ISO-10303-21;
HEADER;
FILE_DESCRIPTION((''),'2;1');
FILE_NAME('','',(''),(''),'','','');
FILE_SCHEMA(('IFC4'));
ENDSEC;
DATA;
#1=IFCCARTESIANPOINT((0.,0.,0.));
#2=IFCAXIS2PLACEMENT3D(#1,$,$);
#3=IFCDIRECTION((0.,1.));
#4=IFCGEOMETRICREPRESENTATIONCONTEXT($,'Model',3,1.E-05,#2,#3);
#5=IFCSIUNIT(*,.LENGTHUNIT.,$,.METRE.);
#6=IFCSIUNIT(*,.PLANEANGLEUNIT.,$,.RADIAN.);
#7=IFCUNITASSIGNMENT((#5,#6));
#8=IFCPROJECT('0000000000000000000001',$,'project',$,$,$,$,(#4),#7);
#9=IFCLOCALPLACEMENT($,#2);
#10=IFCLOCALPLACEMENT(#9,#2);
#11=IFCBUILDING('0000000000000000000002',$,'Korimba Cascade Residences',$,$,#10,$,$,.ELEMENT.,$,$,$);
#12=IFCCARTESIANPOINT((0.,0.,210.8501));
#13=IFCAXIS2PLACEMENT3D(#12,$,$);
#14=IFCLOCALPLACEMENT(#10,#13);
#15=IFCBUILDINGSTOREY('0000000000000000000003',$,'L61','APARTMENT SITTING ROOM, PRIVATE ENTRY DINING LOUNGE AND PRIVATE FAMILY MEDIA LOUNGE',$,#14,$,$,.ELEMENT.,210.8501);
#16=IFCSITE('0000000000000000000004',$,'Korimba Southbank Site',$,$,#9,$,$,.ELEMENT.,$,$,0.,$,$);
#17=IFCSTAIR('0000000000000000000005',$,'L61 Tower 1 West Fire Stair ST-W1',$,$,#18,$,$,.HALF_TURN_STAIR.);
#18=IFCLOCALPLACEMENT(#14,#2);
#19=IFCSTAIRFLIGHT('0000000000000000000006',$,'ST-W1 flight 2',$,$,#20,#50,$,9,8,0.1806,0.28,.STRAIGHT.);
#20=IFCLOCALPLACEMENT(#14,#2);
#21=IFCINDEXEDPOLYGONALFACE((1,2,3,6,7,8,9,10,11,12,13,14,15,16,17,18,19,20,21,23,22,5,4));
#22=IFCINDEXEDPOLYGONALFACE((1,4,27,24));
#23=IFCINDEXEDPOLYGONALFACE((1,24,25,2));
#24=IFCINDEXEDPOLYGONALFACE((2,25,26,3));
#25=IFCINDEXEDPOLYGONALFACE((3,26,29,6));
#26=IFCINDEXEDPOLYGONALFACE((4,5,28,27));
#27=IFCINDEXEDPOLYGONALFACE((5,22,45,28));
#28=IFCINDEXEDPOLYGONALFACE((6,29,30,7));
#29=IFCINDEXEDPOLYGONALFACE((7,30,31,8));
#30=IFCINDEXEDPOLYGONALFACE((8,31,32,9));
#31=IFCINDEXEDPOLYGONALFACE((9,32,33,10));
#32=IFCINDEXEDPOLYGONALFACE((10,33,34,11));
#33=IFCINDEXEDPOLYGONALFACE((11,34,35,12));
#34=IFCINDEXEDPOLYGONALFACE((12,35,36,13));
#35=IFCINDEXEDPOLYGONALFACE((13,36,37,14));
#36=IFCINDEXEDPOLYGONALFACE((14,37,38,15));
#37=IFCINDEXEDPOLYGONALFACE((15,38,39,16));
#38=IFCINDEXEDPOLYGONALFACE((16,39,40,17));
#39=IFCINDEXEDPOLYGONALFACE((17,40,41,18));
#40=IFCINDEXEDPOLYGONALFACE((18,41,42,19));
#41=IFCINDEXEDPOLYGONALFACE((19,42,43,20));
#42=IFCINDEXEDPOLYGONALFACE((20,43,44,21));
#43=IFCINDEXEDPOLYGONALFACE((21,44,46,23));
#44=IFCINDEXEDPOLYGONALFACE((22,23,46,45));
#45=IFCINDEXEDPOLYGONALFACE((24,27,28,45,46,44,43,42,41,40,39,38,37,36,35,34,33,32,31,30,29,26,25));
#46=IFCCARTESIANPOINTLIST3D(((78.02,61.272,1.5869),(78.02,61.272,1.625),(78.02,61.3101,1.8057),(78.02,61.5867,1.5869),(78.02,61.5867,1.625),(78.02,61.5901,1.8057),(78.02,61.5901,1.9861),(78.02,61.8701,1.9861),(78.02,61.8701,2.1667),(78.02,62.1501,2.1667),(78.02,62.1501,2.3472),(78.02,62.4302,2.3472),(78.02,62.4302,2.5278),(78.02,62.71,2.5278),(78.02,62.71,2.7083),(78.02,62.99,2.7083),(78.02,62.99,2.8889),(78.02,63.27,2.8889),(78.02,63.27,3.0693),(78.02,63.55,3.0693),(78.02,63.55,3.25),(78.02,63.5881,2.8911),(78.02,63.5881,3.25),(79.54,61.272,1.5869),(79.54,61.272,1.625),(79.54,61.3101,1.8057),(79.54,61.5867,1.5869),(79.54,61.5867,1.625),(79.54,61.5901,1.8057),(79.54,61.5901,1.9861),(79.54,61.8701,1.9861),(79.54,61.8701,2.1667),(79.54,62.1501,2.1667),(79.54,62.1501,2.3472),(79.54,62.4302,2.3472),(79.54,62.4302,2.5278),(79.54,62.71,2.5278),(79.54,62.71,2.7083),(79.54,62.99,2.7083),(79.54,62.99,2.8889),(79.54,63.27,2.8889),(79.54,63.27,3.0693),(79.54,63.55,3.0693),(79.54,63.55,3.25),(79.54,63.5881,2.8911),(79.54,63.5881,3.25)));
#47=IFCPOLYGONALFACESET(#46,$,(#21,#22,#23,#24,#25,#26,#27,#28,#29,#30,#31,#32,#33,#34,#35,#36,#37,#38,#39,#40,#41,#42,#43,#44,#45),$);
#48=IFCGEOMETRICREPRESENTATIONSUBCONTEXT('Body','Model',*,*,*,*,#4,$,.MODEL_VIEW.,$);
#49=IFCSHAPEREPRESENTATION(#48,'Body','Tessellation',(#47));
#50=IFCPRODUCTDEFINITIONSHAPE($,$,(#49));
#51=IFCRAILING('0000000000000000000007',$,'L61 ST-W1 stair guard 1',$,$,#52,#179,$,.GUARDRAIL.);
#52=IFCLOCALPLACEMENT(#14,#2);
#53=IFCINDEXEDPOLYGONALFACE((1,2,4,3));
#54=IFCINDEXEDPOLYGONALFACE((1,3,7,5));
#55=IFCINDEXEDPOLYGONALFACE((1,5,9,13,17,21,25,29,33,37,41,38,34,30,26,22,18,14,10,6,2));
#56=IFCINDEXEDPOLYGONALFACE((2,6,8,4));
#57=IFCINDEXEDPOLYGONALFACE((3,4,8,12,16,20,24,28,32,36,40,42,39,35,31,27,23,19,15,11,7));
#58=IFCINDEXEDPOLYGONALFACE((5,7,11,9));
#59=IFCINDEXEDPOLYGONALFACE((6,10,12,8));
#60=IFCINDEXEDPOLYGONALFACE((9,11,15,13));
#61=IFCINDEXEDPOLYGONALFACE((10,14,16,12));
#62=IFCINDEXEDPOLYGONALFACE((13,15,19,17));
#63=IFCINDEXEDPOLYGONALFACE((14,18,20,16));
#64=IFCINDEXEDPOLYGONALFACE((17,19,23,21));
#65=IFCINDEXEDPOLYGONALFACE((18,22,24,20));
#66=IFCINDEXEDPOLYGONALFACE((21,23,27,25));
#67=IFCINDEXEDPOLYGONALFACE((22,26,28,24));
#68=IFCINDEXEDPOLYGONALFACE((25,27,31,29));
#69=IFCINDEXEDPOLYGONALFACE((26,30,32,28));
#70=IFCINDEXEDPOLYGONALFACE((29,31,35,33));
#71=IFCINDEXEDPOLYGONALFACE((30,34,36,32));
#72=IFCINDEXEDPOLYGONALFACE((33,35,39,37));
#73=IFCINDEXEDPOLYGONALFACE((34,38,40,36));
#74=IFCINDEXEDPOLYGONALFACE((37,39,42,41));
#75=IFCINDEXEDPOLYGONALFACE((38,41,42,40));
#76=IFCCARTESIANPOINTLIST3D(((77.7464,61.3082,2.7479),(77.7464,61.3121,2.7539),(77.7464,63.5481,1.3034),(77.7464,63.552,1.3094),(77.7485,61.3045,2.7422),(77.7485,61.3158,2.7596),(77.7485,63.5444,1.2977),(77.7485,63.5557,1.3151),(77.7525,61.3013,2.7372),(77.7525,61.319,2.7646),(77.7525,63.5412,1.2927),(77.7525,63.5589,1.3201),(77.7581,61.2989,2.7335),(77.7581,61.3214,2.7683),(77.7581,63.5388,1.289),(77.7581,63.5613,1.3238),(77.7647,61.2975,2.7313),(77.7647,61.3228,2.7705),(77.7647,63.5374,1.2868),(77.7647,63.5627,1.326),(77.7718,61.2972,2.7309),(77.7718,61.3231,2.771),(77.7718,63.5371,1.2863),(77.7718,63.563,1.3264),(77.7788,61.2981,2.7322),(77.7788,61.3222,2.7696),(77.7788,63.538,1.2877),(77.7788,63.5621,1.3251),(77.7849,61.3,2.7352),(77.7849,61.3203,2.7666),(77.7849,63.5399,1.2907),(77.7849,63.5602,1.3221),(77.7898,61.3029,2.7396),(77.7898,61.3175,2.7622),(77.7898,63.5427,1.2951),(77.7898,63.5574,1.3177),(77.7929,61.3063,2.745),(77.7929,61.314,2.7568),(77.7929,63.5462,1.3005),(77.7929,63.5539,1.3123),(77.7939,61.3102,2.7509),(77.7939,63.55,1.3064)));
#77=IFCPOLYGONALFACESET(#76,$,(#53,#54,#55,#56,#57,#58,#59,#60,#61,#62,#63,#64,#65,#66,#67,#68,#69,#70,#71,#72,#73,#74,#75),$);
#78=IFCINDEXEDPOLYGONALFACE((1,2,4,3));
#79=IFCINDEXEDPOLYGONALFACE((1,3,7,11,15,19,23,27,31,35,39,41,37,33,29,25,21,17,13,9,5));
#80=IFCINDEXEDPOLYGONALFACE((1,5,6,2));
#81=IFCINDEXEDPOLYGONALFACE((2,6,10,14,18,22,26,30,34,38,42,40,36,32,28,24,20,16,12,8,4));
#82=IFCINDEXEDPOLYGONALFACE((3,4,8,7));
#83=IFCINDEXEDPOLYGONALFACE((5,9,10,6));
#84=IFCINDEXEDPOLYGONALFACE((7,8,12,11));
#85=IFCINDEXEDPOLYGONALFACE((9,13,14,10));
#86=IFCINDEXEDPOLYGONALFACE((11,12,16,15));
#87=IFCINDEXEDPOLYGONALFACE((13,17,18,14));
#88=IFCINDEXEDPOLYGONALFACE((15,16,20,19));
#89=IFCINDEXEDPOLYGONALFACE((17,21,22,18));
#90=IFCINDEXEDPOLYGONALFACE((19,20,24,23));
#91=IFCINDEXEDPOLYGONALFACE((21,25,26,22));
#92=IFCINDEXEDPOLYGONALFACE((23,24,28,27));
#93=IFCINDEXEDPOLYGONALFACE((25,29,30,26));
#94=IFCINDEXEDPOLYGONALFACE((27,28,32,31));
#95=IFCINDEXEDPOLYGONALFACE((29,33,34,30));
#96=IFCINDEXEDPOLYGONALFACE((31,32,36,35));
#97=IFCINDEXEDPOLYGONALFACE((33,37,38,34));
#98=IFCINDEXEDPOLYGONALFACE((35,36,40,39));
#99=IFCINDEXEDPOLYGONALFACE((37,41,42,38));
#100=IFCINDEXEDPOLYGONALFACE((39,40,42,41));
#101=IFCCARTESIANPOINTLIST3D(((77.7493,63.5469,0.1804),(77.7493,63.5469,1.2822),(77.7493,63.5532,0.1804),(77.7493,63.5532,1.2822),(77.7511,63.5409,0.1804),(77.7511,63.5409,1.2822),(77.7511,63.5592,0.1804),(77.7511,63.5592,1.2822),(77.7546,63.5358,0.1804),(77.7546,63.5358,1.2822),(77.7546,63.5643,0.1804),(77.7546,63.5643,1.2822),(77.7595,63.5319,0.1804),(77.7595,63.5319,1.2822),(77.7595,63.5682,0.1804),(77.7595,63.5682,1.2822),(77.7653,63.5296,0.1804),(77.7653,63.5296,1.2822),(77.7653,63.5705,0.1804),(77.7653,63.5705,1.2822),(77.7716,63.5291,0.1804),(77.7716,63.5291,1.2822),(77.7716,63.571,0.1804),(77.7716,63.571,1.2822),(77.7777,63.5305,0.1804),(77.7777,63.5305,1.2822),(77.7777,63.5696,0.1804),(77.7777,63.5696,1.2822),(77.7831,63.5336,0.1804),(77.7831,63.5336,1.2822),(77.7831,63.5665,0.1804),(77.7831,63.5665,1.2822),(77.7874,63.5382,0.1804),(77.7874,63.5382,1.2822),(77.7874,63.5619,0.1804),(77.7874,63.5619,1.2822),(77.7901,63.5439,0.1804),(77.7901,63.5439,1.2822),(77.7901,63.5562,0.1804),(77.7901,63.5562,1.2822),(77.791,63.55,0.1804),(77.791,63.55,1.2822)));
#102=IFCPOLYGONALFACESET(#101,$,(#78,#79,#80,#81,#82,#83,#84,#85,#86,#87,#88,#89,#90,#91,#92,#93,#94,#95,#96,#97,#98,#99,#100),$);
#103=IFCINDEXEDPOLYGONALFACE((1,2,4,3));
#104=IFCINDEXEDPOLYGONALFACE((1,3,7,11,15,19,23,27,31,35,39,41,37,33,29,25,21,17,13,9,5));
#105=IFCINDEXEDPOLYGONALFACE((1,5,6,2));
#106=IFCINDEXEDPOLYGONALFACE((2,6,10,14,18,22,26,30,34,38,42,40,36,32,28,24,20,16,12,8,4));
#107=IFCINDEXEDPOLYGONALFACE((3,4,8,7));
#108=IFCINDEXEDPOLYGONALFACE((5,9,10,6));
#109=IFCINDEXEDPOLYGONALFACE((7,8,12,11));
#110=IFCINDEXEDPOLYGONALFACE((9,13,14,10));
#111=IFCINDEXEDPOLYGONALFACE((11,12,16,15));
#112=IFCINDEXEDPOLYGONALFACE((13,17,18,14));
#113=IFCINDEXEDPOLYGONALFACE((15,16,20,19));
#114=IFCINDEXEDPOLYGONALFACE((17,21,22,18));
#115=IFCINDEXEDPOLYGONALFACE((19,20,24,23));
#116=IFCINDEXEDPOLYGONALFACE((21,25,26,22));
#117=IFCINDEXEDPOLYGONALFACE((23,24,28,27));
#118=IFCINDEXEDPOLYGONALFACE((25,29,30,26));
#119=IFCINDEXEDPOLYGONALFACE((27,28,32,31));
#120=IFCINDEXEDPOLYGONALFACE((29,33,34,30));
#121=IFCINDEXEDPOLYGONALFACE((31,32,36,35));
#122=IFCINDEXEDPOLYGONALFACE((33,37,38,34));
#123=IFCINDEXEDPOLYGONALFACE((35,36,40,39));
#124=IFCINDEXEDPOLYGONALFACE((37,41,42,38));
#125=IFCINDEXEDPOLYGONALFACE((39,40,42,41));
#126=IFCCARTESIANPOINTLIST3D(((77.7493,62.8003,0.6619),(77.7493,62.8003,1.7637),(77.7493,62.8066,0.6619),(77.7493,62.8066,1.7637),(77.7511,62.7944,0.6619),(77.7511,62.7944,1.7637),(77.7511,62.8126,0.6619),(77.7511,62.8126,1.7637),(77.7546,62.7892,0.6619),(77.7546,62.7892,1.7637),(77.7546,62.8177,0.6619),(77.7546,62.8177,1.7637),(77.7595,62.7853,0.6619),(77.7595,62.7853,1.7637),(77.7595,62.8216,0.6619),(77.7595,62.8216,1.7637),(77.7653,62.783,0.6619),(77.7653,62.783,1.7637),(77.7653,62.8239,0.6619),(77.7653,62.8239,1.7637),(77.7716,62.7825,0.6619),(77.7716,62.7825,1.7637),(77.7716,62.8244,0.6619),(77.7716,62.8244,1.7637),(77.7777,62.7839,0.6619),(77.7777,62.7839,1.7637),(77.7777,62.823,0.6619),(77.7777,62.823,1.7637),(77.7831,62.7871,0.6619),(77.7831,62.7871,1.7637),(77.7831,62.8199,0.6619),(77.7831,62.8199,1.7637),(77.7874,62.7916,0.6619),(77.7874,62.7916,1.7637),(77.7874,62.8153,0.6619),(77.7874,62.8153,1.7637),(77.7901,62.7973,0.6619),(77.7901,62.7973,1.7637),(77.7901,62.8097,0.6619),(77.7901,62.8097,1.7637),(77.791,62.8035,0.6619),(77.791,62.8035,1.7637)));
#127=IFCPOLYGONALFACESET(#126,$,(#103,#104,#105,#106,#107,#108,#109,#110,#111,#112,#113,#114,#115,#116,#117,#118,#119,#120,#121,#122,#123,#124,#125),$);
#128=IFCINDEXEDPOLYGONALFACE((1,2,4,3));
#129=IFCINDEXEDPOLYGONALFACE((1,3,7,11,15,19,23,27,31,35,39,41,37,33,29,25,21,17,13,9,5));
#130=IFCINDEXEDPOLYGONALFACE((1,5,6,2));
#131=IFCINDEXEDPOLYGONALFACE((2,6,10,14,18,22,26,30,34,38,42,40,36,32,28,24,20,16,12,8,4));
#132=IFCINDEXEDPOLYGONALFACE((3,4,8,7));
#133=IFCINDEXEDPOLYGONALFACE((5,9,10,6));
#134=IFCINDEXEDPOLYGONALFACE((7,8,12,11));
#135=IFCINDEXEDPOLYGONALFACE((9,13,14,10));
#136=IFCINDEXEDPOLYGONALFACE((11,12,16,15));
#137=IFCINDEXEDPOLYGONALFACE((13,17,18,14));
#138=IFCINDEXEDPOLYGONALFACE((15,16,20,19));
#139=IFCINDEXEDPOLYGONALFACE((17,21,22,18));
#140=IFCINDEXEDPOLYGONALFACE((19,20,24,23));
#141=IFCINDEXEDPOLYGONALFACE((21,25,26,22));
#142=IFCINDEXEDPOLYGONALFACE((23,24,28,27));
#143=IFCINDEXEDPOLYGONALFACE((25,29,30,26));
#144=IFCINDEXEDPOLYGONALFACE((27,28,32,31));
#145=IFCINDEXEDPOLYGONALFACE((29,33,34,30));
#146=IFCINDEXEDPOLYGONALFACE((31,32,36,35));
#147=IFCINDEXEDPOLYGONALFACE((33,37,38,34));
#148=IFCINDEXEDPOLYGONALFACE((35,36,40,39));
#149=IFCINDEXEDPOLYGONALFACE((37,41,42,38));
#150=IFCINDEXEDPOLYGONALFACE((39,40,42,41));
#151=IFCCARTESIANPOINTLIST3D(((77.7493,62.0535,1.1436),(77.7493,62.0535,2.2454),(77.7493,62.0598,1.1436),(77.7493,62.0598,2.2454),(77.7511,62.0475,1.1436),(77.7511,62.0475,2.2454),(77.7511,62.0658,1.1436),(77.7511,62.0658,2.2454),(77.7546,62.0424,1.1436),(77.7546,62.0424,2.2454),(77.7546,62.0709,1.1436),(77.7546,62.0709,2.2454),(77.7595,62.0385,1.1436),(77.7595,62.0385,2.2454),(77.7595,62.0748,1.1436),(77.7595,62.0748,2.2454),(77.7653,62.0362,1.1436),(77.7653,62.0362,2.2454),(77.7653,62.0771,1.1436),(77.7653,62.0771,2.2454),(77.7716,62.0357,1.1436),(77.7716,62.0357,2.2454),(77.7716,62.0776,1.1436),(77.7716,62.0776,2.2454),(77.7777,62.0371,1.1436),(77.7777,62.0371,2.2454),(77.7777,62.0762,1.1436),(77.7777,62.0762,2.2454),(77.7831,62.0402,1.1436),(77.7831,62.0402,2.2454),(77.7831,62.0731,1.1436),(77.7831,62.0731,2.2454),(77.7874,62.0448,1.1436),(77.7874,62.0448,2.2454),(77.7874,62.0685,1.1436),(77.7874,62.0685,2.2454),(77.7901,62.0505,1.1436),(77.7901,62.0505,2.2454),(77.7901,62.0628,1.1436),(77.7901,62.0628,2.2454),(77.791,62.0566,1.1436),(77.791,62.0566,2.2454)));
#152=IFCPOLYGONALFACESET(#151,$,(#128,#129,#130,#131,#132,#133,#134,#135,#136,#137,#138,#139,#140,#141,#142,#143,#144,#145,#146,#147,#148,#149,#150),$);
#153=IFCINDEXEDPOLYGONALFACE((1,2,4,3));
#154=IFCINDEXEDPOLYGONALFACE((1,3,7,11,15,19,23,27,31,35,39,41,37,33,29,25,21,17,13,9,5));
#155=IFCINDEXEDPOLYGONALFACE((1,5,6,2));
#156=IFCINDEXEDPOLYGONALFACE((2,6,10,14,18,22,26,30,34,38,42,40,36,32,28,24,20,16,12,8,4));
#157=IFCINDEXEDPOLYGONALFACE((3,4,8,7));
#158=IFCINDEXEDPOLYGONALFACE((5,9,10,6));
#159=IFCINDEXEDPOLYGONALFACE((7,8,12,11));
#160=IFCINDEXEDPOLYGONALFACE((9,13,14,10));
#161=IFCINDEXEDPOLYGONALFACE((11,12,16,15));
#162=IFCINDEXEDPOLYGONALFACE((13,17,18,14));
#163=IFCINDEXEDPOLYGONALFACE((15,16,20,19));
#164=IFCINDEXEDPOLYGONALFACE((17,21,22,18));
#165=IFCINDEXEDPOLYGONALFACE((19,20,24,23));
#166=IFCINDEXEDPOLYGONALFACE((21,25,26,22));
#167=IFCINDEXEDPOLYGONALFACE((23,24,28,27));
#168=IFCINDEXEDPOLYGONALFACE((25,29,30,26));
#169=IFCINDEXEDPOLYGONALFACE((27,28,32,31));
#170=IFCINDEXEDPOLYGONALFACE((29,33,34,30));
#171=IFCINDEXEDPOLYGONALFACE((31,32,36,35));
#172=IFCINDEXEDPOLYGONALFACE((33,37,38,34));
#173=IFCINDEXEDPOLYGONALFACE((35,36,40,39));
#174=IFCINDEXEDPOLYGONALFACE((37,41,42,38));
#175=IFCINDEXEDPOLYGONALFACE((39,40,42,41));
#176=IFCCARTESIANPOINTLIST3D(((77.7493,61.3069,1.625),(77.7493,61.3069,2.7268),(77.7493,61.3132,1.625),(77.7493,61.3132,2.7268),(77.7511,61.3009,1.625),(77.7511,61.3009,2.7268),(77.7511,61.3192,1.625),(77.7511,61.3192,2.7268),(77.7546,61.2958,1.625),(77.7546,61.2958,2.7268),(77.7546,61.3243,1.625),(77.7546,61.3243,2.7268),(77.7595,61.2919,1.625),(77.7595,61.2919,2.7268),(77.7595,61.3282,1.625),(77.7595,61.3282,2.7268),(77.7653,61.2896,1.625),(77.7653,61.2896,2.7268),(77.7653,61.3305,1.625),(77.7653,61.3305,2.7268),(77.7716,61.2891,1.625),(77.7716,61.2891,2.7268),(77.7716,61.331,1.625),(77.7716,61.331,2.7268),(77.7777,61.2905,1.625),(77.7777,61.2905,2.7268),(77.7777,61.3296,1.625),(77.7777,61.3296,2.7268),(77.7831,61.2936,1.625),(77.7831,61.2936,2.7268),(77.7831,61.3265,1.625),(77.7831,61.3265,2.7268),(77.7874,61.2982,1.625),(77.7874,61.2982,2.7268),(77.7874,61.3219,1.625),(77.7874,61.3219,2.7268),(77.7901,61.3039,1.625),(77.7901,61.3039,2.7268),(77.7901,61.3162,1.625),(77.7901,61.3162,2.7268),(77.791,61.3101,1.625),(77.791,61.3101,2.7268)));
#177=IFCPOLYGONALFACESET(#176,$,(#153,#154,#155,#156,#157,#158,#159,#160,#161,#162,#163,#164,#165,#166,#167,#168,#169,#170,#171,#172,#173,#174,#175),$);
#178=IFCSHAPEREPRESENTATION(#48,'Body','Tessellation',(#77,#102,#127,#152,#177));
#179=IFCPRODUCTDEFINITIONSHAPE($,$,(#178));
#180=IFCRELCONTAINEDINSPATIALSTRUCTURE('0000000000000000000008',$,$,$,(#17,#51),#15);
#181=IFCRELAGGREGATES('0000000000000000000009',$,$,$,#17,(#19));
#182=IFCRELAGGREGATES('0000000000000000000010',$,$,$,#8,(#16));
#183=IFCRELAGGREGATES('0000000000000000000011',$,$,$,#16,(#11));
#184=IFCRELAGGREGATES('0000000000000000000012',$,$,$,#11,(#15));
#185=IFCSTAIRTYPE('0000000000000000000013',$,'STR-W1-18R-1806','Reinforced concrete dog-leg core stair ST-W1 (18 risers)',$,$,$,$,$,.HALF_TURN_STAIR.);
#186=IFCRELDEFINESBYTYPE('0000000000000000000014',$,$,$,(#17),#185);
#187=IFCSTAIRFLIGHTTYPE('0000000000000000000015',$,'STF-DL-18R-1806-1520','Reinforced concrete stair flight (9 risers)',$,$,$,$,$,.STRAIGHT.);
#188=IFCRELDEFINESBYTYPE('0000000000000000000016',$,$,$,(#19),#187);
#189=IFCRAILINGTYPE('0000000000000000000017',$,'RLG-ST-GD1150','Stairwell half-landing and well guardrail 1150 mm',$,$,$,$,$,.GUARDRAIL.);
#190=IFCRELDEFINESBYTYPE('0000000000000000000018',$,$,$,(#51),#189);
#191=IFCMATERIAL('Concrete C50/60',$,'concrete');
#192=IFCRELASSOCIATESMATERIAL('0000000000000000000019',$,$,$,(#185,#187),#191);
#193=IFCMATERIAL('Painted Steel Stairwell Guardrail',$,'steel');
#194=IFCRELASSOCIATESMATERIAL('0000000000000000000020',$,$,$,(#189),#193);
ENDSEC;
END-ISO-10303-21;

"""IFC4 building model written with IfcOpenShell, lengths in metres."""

from ifc_helpers import new_model, si_unit, direction, frame, origin, origin_2d, place, context, subcontext, project, spatial, polyline, circle, outline, extrude, material, type_object, element, aggregate, save


model = new_model("IFC4")

# Units and contexts
model_context = context("Model", 3, precision=1e-05, world=origin(), true_north=direction((0.0, 1.0)))
body_context = subcontext(model_context, "Body", "Model", "MODEL_VIEW")
ifc_project = project(units=[si_unit("LENGTHUNIT", "METRE"), si_unit("PLANEANGLEUNIT", "RADIAN")], contexts=[model_context])

# Site, building, storey
site_placement = place(None, origin())
site = spatial("IfcSite", under=ifc_project, at=site_placement, Name="Korimba Southbank Site", CompositionType="ELEMENT", RefElevation=0.0)
building_placement = place(site_placement, origin())
building = spatial("IfcBuilding", under=site, at=building_placement, Name="Korimba Cascade Residences", CompositionType="ELEMENT")
storey_placement = place(building_placement, frame((0.0, 0.0, 210.8501)))
storey = spatial("IfcBuildingStorey", under=building, at=storey_placement, Name="L61", Description="APARTMENT SITTING ROOM, PRIVATE ENTRY DINING LOUNGE AND PRIVATE FAMILY MEDIA LOUNGE", CompositionType="ELEMENT", Elevation=210.8501)

# Shared definitions
ifc_material_1 = material(Name="Concrete C50/60", Category="concrete")

# Stair, stair flight
stair_type = type_object("IfcStairType", Name="STR-W1-18R-1806", Description="Reinforced concrete dog-leg core stair ST-W1 (18 risers)", PredefinedType="HALF_TURN_STAIR", material=ifc_material_1)
stair_placement = place(storey_placement, origin())
stair = element("IfcStair", 1, at=stair_placement, inside=storey, type_object=stair_type, Name="L61 Tower 1 West Fire Stair ST-W1", PredefinedType="HALF_TURN_STAIR")
stair_flight_type = type_object("IfcStairFlightType", Name="STF-DL-18R-1806-1520", Description="Reinforced concrete stair flight (9 risers)", PredefinedType="STRAIGHT", material=ifc_material_1)
stair_flight_1_placement = place(storey_placement, frame((78.78, 61.3101, 1.625), z_axis=(0.0, 0.0, 1.0), x_axis=(0.0, 1.0, 0.0)))
stair_flight_1 = element("IfcStairFlight", 2, at=stair_flight_1_placement, type_object=stair_flight_type, Name="ST-W1 flight 2", NumberOfRisers=9, NumberOfTreads=8, PredefinedType="STRAIGHT", RiserHeight=0.1806, TreadLength=0.28, context=body_context, shape_type="SweptSolid", body=[
    extrude(outline(polyline([(-0.0381, 0.0), (0.0, 0.1807), (0.28, 0.1807), (0.28, 0.3611), (0.5601, 0.3611), (0.5601, 0.5417), (0.8401, 0.5417), (0.8401, 0.7222), (1.1201, 0.7222), (1.1201, 0.9028), (1.3999, 0.9028), (1.3999, 1.0833), (1.6799, 1.0833), (1.6799, 1.2639), (1.96, 1.2639), (1.96, 1.4443), (2.24, 1.4443), (2.24, 1.625), (2.2781, 1.625), (2.2781, 1.2661), (0.2766, 0.0), (0.2766, -0.0381), (-0.0381, -0.0381), (-0.0381, 0.0)])), frame((0.0, 0.76, 0.0), z_axis=(0.0, -1.0, 0.0), x_axis=(1.0, 0.0, 0.0)), (0.0, 0.0, 1.0), 1.52),
])
aggregate(stair, [stair_flight_1])

# Railing
ifc_material_2 = material(Name="Painted Steel Stairwell Guardrail", Category="steel")
railing_type_1 = type_object("IfcRailingType", Name="RLG-ST-GD1150", Description="Stairwell half-landing and well guardrail 1150 mm", PredefinedType="GUARDRAIL", material=ifc_material_2)
railing_1_placement = place(storey_placement, frame((77.77, 63.55, 0.1804)))
element("IfcRailing", 3, at=railing_1_placement, inside=storey, type_object=railing_type_1, Name="L61 ST-W1 stair guard 1", PredefinedType="GUARDRAIL", context=body_context, shape_type="SweptSolid", body=[
    extrude(circle(Radius=0.0239, at=origin_2d()), frame((0.0, 0.0, 1.126), z_axis=(0.0, -0.840395, 0.541975), x_axis=(1.0, 0.0, 0.0)), (0.0, 0.0, 1.0), 2.6653),
    extrude(circle(Radius=0.021, at=origin_2d()), origin(), (0.0, 0.0, 1.0), 1.1018),
    extrude(circle(Radius=0.021, at=origin_2d()), frame((0.0, -0.7466, 0.4814)), (0.0, 0.0, 1.0), 1.1018),
    extrude(circle(Radius=0.021, at=origin_2d()), frame((0.0, -1.4934, 0.9631)), (0.0, 0.0, 1.0), 1.1018),
    extrude(circle(Radius=0.021, at=origin_2d()), frame((0.0, -2.24, 1.4446)), (0.0, 0.0, 1.0), 1.1018),
])

save(model, "model.ifc")
